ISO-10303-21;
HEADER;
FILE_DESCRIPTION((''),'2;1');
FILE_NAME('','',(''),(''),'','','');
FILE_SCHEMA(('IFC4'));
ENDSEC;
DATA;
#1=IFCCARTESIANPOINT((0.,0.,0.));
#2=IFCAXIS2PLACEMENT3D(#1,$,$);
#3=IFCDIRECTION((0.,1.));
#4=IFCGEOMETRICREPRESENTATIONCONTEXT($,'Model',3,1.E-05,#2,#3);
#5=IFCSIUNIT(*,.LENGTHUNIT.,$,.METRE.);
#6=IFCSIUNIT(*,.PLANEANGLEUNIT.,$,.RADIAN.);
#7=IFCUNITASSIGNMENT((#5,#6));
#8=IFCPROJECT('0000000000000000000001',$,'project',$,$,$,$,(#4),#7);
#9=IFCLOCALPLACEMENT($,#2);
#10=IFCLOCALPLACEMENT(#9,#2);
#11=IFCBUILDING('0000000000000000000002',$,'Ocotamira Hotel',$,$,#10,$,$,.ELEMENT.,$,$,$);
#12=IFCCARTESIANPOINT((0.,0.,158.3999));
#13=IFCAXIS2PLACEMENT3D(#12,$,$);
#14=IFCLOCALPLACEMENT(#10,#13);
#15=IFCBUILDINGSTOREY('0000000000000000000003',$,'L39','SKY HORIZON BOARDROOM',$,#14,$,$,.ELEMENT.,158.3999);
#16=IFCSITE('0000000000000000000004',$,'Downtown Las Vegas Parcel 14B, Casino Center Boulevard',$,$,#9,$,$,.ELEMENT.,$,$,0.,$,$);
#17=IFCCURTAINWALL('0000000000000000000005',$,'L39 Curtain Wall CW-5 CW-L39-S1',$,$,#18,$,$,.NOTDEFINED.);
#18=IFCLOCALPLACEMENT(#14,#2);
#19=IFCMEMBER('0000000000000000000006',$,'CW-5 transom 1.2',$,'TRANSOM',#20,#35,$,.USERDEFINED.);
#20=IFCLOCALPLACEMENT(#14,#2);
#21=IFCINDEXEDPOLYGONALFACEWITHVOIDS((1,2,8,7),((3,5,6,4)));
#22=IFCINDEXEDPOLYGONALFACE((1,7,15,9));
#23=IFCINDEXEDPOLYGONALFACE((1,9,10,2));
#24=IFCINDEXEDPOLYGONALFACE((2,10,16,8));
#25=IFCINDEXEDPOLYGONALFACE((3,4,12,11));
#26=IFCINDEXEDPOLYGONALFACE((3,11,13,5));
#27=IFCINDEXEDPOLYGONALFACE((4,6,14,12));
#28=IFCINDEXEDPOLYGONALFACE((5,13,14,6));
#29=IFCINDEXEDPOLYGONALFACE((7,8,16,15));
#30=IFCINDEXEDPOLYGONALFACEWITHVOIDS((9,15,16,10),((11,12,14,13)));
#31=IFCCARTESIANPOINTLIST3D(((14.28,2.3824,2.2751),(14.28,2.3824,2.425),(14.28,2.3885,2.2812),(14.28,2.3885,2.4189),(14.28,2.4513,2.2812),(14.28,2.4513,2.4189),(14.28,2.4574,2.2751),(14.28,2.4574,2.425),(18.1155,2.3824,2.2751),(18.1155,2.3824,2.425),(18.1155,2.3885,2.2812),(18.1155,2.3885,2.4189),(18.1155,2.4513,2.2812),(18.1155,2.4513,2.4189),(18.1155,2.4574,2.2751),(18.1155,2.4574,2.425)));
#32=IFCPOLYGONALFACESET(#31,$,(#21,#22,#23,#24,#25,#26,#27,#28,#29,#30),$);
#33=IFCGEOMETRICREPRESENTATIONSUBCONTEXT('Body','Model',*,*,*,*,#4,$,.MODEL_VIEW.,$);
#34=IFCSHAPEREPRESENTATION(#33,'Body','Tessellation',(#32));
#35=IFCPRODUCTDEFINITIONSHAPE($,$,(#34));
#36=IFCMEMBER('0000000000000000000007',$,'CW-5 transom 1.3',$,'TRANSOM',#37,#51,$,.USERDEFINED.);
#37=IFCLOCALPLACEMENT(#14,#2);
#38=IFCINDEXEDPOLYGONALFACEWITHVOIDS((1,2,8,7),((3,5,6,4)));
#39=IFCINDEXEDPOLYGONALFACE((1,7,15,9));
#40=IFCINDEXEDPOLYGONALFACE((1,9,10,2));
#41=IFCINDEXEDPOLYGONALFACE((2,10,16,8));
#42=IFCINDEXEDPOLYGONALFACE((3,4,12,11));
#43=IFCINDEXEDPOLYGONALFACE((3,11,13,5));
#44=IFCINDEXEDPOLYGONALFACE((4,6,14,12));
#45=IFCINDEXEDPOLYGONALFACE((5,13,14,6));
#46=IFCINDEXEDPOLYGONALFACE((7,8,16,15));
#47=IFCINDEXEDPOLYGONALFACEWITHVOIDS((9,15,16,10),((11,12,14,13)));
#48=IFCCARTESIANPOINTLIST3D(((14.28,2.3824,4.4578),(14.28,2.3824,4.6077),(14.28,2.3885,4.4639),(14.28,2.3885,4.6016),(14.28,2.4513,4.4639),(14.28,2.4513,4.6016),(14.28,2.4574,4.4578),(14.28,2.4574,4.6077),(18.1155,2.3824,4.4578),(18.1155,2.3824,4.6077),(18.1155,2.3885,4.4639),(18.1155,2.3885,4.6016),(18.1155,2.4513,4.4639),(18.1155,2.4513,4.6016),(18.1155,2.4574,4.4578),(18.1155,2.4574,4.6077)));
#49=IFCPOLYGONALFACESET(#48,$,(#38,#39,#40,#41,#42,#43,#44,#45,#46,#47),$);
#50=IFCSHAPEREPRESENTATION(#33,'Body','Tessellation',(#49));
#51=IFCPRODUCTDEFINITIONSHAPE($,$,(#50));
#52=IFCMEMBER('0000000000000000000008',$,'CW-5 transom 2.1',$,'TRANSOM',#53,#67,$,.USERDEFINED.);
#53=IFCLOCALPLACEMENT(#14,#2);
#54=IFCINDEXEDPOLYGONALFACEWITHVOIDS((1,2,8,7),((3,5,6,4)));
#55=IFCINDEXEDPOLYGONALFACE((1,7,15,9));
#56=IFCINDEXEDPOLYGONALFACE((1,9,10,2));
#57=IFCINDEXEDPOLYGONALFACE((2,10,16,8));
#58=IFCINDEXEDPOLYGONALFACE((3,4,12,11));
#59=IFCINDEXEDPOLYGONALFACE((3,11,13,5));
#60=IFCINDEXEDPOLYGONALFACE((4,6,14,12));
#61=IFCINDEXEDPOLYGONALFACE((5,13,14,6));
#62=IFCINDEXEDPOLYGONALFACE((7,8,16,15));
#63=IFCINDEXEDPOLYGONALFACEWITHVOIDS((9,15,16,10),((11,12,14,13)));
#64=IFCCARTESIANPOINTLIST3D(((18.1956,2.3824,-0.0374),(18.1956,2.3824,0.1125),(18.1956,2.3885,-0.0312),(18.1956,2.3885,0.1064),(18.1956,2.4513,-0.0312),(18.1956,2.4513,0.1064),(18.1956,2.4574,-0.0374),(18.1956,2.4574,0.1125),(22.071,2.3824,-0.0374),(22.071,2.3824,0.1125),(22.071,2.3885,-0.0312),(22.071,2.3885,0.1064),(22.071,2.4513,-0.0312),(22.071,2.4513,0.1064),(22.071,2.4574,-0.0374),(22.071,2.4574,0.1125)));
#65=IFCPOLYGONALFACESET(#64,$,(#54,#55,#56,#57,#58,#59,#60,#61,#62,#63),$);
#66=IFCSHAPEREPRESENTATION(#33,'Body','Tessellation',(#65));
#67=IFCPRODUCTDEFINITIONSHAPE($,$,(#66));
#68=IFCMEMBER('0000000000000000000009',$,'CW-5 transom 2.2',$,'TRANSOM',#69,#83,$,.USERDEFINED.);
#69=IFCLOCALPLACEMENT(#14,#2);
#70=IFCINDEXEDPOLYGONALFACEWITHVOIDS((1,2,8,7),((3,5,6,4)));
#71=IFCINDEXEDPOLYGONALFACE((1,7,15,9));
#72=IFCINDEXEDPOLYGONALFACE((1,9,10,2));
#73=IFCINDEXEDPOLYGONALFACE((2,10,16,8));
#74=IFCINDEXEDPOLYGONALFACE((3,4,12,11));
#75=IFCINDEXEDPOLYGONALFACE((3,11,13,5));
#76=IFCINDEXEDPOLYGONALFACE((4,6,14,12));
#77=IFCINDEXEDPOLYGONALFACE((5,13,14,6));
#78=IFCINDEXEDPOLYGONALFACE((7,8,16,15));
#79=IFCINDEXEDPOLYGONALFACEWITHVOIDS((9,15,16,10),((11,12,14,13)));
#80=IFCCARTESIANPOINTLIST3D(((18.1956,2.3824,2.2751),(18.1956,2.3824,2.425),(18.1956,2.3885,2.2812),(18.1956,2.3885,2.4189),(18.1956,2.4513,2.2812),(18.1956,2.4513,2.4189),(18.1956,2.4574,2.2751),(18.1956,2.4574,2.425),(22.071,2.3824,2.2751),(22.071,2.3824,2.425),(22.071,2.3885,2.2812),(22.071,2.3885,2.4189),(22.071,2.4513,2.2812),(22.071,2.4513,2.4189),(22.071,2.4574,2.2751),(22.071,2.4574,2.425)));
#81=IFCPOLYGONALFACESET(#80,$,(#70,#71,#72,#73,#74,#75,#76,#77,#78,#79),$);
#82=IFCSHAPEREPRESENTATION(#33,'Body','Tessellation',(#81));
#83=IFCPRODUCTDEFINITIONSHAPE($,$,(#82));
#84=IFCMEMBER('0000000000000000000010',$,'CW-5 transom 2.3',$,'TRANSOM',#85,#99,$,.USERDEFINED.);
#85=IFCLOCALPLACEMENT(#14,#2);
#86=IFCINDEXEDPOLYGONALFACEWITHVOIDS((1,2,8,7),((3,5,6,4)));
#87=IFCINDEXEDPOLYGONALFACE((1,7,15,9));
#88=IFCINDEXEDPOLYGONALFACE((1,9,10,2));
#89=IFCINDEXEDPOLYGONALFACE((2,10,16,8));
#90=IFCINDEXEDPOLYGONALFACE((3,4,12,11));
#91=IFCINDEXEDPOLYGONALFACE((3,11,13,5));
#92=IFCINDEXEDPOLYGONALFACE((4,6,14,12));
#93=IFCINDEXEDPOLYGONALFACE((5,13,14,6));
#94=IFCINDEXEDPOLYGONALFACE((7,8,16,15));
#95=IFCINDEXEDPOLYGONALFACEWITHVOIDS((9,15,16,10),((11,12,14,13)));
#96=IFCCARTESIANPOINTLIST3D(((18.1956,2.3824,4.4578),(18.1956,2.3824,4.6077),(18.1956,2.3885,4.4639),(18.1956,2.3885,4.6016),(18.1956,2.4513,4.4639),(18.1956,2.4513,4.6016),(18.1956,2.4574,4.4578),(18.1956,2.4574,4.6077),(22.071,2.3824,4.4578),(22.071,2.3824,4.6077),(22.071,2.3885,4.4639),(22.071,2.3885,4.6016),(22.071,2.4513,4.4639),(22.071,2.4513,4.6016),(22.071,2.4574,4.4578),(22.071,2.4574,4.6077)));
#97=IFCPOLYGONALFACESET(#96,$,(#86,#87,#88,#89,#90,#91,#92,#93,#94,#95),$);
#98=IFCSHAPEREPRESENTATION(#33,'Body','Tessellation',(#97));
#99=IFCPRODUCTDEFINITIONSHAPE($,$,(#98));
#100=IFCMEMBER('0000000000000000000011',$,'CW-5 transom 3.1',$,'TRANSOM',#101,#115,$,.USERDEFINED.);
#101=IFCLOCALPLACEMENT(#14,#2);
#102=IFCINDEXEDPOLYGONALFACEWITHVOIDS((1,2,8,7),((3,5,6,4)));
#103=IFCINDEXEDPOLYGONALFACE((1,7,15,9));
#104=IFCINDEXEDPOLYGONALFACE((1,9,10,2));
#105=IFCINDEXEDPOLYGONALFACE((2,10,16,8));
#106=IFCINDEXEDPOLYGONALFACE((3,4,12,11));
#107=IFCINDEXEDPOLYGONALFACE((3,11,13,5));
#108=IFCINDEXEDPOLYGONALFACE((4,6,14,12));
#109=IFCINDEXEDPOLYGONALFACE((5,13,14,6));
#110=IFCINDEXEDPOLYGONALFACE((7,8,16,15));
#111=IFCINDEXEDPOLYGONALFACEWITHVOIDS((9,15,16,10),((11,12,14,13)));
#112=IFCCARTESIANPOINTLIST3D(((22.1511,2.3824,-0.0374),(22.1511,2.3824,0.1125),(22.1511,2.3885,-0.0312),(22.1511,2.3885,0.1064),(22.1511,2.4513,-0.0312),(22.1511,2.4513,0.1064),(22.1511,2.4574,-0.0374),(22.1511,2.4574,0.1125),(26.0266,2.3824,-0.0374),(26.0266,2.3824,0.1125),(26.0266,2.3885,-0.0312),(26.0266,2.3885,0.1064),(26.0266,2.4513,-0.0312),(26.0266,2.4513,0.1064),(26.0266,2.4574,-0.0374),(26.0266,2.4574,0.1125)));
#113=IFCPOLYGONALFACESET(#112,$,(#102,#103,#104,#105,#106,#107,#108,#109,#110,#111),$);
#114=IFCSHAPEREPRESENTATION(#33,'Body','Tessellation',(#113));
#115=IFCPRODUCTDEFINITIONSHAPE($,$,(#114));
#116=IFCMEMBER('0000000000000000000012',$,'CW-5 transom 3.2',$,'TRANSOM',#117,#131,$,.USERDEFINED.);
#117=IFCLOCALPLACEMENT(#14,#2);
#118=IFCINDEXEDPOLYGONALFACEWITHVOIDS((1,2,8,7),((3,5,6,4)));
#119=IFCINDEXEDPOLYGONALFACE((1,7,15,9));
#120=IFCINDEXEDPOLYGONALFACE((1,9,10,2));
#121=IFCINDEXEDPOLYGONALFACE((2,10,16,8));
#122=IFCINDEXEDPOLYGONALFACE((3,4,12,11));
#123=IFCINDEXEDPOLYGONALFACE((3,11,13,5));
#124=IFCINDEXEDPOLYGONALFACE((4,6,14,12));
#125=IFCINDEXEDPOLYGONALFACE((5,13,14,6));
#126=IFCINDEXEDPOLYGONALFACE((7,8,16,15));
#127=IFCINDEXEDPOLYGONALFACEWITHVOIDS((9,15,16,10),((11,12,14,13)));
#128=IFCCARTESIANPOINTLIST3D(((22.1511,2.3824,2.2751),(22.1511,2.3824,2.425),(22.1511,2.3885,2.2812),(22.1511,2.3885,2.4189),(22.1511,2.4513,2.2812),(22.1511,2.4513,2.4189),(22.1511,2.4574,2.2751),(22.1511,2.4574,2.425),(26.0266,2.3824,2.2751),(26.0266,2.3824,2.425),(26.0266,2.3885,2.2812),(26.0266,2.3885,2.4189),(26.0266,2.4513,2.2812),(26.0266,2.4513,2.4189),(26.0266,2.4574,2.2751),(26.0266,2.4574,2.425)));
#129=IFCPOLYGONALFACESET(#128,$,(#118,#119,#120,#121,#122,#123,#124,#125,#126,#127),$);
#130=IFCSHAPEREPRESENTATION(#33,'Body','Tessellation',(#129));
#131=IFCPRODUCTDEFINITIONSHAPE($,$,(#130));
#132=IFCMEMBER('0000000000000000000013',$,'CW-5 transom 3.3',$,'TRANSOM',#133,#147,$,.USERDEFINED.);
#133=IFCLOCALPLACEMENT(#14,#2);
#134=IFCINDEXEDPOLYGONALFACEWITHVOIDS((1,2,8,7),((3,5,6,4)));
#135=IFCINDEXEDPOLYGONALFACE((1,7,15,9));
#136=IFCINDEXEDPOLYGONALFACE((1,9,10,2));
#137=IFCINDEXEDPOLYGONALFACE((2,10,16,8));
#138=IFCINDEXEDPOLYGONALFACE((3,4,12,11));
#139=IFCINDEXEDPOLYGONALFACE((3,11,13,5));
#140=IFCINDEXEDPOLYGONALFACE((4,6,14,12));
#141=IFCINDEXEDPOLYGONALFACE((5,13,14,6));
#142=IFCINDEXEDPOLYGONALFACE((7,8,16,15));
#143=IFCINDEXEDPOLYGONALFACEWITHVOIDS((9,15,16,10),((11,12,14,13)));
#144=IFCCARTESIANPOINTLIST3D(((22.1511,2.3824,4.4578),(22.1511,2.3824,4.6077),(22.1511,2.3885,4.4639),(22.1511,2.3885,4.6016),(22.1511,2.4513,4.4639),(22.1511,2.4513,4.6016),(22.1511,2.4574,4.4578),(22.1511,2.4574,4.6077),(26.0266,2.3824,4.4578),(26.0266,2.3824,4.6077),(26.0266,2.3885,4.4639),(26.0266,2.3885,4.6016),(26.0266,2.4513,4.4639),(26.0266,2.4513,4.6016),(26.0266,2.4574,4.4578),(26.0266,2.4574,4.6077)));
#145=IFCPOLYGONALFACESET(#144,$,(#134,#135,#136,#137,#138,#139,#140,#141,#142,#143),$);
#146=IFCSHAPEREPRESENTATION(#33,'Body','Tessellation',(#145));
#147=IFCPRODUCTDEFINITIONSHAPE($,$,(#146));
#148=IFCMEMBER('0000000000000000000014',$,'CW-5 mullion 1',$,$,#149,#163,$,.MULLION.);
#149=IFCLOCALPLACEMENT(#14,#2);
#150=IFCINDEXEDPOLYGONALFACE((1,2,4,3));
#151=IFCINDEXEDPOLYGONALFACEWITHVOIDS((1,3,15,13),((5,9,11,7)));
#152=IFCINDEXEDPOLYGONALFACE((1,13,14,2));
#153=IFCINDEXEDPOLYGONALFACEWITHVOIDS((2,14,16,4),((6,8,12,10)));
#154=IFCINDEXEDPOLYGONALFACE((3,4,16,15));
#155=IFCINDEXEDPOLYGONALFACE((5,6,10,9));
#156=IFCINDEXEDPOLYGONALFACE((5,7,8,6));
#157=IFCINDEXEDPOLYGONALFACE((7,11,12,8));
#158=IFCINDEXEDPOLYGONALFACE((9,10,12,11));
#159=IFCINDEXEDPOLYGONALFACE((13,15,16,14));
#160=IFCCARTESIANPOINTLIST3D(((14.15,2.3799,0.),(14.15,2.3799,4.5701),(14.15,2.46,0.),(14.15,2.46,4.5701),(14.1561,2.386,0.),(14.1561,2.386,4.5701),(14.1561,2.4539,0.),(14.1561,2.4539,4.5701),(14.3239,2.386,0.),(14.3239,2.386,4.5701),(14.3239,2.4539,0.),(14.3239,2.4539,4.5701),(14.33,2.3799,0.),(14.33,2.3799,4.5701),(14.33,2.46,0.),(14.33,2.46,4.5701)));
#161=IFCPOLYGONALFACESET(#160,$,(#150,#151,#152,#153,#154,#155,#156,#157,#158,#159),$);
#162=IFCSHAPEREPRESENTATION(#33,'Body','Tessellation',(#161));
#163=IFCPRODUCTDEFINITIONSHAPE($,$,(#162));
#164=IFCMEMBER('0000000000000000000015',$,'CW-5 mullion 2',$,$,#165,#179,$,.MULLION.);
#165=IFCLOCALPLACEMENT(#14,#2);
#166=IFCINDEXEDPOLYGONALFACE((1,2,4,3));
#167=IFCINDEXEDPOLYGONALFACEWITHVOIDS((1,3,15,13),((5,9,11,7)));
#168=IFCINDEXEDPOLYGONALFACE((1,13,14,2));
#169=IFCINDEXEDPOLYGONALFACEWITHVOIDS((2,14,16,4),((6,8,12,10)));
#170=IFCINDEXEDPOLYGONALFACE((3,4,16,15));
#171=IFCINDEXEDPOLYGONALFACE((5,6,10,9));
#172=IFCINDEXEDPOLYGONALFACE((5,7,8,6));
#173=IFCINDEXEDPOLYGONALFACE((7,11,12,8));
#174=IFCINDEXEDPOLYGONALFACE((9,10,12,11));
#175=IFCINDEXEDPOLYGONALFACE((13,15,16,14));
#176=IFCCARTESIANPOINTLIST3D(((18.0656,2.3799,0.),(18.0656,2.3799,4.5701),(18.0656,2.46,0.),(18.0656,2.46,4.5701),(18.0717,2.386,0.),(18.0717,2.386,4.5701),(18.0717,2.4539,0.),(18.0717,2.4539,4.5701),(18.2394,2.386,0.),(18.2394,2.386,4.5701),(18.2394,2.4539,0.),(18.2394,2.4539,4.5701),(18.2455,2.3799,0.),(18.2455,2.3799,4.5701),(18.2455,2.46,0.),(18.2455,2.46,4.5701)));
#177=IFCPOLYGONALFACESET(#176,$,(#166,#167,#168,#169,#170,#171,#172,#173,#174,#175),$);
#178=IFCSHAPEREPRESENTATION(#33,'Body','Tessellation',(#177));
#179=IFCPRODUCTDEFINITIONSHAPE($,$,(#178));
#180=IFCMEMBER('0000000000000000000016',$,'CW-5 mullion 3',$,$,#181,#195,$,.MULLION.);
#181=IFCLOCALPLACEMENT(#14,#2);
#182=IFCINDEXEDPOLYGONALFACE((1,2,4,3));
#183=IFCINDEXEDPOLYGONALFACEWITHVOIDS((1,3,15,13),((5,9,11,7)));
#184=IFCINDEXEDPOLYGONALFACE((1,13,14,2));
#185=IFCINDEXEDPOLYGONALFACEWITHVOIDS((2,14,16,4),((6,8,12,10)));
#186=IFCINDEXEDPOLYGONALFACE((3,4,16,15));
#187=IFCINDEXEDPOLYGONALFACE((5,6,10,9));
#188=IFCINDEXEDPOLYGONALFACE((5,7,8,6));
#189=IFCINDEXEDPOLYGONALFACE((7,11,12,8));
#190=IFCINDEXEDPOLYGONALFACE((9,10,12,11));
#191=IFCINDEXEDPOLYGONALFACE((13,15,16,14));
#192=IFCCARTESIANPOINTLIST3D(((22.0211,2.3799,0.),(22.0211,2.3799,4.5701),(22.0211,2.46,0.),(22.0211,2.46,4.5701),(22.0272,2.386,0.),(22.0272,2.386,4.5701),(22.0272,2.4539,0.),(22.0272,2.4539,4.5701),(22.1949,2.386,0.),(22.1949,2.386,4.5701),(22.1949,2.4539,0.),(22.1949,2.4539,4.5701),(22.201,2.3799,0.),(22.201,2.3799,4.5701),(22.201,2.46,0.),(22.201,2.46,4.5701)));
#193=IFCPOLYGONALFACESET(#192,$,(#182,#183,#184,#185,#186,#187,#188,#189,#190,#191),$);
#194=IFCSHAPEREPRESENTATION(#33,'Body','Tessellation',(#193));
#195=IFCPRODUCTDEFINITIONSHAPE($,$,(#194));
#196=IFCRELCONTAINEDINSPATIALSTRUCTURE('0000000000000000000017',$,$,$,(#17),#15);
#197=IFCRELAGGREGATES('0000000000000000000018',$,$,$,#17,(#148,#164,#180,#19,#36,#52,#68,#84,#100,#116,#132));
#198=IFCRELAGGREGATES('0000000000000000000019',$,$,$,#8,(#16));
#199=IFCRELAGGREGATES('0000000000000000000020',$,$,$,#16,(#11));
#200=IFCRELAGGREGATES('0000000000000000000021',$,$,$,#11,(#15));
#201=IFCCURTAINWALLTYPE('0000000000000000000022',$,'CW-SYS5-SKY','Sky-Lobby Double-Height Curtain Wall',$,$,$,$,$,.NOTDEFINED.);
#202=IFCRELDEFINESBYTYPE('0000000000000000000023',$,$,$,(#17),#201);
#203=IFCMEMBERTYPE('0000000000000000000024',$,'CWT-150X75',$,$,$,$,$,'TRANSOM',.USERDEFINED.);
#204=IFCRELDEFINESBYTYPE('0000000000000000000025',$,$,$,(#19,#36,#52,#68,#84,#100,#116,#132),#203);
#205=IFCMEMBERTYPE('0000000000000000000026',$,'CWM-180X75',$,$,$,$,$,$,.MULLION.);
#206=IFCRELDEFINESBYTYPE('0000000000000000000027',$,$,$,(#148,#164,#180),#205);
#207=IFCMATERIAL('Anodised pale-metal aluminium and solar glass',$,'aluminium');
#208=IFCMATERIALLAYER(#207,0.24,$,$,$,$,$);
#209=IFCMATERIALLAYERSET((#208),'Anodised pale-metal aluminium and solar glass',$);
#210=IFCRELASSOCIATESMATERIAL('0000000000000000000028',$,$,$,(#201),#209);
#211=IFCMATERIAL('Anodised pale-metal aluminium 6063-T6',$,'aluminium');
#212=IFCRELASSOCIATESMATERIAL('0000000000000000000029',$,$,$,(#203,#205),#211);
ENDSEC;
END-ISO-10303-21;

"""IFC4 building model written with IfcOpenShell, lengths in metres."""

from ifc_helpers import new_model, si_unit, direction, frame, origin, origin_2d, place, context, subcontext, project, spatial, hollow_rectangle, extrude, source, transform, mapped, material, layer, layer_set, material_profile, profile_set, type_object, element, aggregate, save


model = new_model("IFC4")

# Units and contexts
model_context = context("Model", 3, precision=1e-05, world=origin(), true_north=direction((0.0, 1.0)))
body_context = subcontext(model_context, "Body", "Model", "MODEL_VIEW")
ifc_project = project(units=[si_unit("LENGTHUNIT", "METRE"), si_unit("PLANEANGLEUNIT", "RADIAN")], contexts=[model_context])

# Site, building, storey
site_placement = place(None, origin())
site = spatial("IfcSite", under=ifc_project, at=site_placement, Name="Downtown Las Vegas Parcel 14B, Casino Center Boulevard", CompositionType="ELEMENT", RefElevation=0.0)
building_placement = place(site_placement, origin())
building = spatial("IfcBuilding", under=site, at=building_placement, Name="Ocotamira Hotel", CompositionType="ELEMENT")
storey_placement = place(building_placement, frame((0.0, 0.0, 158.3999)))
storey = spatial("IfcBuildingStorey", under=building, at=storey_placement, Name="L39", Description="SKY HORIZON BOARDROOM", CompositionType="ELEMENT", Elevation=158.3999)

# Curtain wall, members
ifc_material_1 = material(Name="Anodised pale-metal aluminium and solar glass", Category="aluminium")
ifc_layer_1 = layer(ifc_material_1, 0.24)
ifc_layer_set_1 = layer_set([ifc_layer_1], Name="Anodised pale-metal aluminium and solar glass")
curtain_wall_type = type_object("IfcCurtainWallType", Name="CW-SYS5-SKY", Description="Sky-Lobby Double-Height Curtain Wall", PredefinedType="NOTDEFINED", material=ifc_layer_set_1)
curtain_wall_placement = place(storey_placement, origin())
curtain_wall = element("IfcCurtainWall", 1, at=curtain_wall_placement, inside=storey, type_object=curtain_wall_type, Name="L39 Curtain Wall CW-5 CW-L39-S1", PredefinedType="NOTDEFINED")
ifc_material_2 = material(Name="Anodised pale-metal aluminium 6063-T6", Category="aluminium")
ifc_material_profile_1 = material_profile(ifc_material_2, hollow_rectangle(XDim=0.075, YDim=0.1499, WallThickness=0.0061, at=origin_2d()), Name="HSS150X75X6")
ifc_profile_set_1 = profile_set([ifc_material_profile_1], Name="Anodised pale-metal aluminium 6063-T6")
member_type_1 = type_object("IfcMemberType", Name="CWT-150X75", ElementType="TRANSOM", PredefinedType="USERDEFINED", material=ifc_profile_set_1)
shared_shape_1 = source(origin(), body_context, "Body", "SweptSolid", [
    extrude(hollow_rectangle(XDim=0.075, YDim=0.1499, WallThickness=0.0061, at=origin_2d()), origin(), (0.0, 0.0, 1.0), 3.8354),
])
member_1_placement = place(storey_placement, frame((14.28, 2.4199, 2.3501), z_axis=(1.0, 0.0, 0.0), x_axis=(0.0, 1.0, 0.0)))
member_1 = element("IfcMember", 2, at=member_1_placement, type_object=member_type_1, Name="CW-5 transom 1.2", ObjectType="TRANSOM", PredefinedType="USERDEFINED", context=body_context, shape_type="MappedRepresentation", body=[
    mapped(shared_shape_1, transform((0.0, 0.0, 0.0), scale=1.0)),
])
member_2_placement = place(storey_placement, frame((14.28, 2.4199, 4.5327), z_axis=(1.0, 0.0, 0.0), x_axis=(0.0, 1.0, 0.0)))
member_2 = element("IfcMember", 3, at=member_2_placement, type_object=member_type_1, Name="CW-5 transom 1.3", ObjectType="TRANSOM", PredefinedType="USERDEFINED", context=body_context, shape_type="MappedRepresentation", body=[
    mapped(shared_shape_1, transform((0.0, 0.0, 0.0), scale=1.0)),
])
shared_shape_2 = source(origin(), body_context, "Body", "SweptSolid", [
    extrude(hollow_rectangle(XDim=0.075, YDim=0.1499, WallThickness=0.0061, at=origin_2d()), origin(), (0.0, 0.0, 1.0), 3.8755),
])
member_3_placement = place(storey_placement, frame((18.1956, 2.4199, 0.0376), z_axis=(1.0, 0.0, 0.0), x_axis=(0.0, 1.0, 0.0)))
member_3 = element("IfcMember", 4, at=member_3_placement, type_object=member_type_1, Name="CW-5 transom 2.1", ObjectType="TRANSOM", PredefinedType="USERDEFINED", context=body_context, shape_type="MappedRepresentation", body=[
    mapped(shared_shape_2, transform((0.0, 0.0, 0.0), scale=1.0)),
])
member_4_placement = place(storey_placement, frame((18.1956, 2.4199, 2.3501), z_axis=(1.0, 0.0, 0.0), x_axis=(0.0, 1.0, 0.0)))
member_4 = element("IfcMember", 5, at=member_4_placement, type_object=member_type_1, Name="CW-5 transom 2.2", ObjectType="TRANSOM", PredefinedType="USERDEFINED", context=body_context, shape_type="MappedRepresentation", body=[
    mapped(shared_shape_2, transform((0.0, 0.0, 0.0), scale=1.0)),
])
member_5_placement = place(storey_placement, frame((18.1956, 2.4199, 4.5327), z_axis=(1.0, 0.0, 0.0), x_axis=(0.0, 1.0, 0.0)))
member_5 = element("IfcMember", 6, at=member_5_placement, type_object=member_type_1, Name="CW-5 transom 2.3", ObjectType="TRANSOM", PredefinedType="USERDEFINED", context=body_context, shape_type="MappedRepresentation", body=[
    mapped(shared_shape_2, transform((0.0, 0.0, 0.0), scale=1.0)),
])
member_6_placement = place(storey_placement, frame((22.1511, 2.4199, 0.0376), z_axis=(1.0, 0.0, 0.0), x_axis=(0.0, 1.0, 0.0)))
member_6 = element("IfcMember", 7, at=member_6_placement, type_object=member_type_1, Name="CW-5 transom 3.1", ObjectType="TRANSOM", PredefinedType="USERDEFINED", context=body_context, shape_type="MappedRepresentation", body=[
    mapped(shared_shape_2, transform((0.0, 0.0, 0.0), scale=1.0)),
])
member_7_placement = place(storey_placement, frame((22.1511, 2.4199, 2.3501), z_axis=(1.0, 0.0, 0.0), x_axis=(0.0, 1.0, 0.0)))
member_7 = element("IfcMember", 8, at=member_7_placement, type_object=member_type_1, Name="CW-5 transom 3.2", ObjectType="TRANSOM", PredefinedType="USERDEFINED", context=body_context, shape_type="MappedRepresentation", body=[
    mapped(shared_shape_2, transform((0.0, 0.0, 0.0), scale=1.0)),
])
member_8_placement = place(storey_placement, frame((22.1511, 2.4199, 4.5327), z_axis=(1.0, 0.0, 0.0), x_axis=(0.0, 1.0, 0.0)))
member_8 = element("IfcMember", 9, at=member_8_placement, type_object=member_type_1, Name="CW-5 transom 3.3", ObjectType="TRANSOM", PredefinedType="USERDEFINED", context=body_context, shape_type="MappedRepresentation", body=[
    mapped(shared_shape_2, transform((0.0, 0.0, 0.0), scale=1.0)),
])
ifc_material_profile_2 = material_profile(ifc_material_2, hollow_rectangle(XDim=0.0801, YDim=0.1799, WallThickness=0.0061, at=origin_2d()), Name="HSS180X80X6")
ifc_profile_set_2 = profile_set([ifc_material_profile_2], Name="Anodised pale-metal aluminium 6063-T6")
member_type_2 = type_object("IfcMemberType", Name="CWM-180X75", PredefinedType="MULLION", material=ifc_profile_set_2)
shared_shape_3 = source(origin(), body_context, "Body", "SweptSolid", [
    extrude(hollow_rectangle(XDim=0.0801, YDim=0.1799, WallThickness=0.0061, at=origin_2d()), origin(), (0.0, 0.0, 1.0), 4.5701),
])
member_9_placement = place(storey_placement, frame((14.24, 2.4199, 0.0), z_axis=(0.0, 0.0, 1.0), x_axis=(0.0, 1.0, 0.0)))
member_9 = element("IfcMember", 10, at=member_9_placement, type_object=member_type_2, Name="CW-5 mullion 1", PredefinedType="MULLION", context=body_context, shape_type="MappedRepresentation", body=[
    mapped(shared_shape_3, transform((0.0, 0.0, 0.0), scale=1.0)),
])
member_10_placement = place(storey_placement, frame((18.1555, 2.4199, 0.0), z_axis=(0.0, 0.0, 1.0), x_axis=(0.0, 1.0, 0.0)))
member_10 = element("IfcMember", 11, at=member_10_placement, type_object=member_type_2, Name="CW-5 mullion 2", PredefinedType="MULLION", context=body_context, shape_type="MappedRepresentation", body=[
    mapped(shared_shape_3, transform((0.0, 0.0, 0.0), scale=1.0)),
])
member_11_placement = place(storey_placement, frame((22.1111, 2.4199, 0.0), z_axis=(0.0, 0.0, 1.0), x_axis=(0.0, 1.0, 0.0)))
member_11 = element("IfcMember", 12, at=member_11_placement, type_object=member_type_2, Name="CW-5 mullion 3", PredefinedType="MULLION", context=body_context, shape_type="MappedRepresentation", body=[
    mapped(shared_shape_3, transform((0.0, 0.0, 0.0), scale=1.0)),
])

aggregate(curtain_wall, [member_9, member_10, member_11, member_1, member_2, member_3, member_4, member_5, member_6, member_7, member_8])

save(model, "model.ifc")
